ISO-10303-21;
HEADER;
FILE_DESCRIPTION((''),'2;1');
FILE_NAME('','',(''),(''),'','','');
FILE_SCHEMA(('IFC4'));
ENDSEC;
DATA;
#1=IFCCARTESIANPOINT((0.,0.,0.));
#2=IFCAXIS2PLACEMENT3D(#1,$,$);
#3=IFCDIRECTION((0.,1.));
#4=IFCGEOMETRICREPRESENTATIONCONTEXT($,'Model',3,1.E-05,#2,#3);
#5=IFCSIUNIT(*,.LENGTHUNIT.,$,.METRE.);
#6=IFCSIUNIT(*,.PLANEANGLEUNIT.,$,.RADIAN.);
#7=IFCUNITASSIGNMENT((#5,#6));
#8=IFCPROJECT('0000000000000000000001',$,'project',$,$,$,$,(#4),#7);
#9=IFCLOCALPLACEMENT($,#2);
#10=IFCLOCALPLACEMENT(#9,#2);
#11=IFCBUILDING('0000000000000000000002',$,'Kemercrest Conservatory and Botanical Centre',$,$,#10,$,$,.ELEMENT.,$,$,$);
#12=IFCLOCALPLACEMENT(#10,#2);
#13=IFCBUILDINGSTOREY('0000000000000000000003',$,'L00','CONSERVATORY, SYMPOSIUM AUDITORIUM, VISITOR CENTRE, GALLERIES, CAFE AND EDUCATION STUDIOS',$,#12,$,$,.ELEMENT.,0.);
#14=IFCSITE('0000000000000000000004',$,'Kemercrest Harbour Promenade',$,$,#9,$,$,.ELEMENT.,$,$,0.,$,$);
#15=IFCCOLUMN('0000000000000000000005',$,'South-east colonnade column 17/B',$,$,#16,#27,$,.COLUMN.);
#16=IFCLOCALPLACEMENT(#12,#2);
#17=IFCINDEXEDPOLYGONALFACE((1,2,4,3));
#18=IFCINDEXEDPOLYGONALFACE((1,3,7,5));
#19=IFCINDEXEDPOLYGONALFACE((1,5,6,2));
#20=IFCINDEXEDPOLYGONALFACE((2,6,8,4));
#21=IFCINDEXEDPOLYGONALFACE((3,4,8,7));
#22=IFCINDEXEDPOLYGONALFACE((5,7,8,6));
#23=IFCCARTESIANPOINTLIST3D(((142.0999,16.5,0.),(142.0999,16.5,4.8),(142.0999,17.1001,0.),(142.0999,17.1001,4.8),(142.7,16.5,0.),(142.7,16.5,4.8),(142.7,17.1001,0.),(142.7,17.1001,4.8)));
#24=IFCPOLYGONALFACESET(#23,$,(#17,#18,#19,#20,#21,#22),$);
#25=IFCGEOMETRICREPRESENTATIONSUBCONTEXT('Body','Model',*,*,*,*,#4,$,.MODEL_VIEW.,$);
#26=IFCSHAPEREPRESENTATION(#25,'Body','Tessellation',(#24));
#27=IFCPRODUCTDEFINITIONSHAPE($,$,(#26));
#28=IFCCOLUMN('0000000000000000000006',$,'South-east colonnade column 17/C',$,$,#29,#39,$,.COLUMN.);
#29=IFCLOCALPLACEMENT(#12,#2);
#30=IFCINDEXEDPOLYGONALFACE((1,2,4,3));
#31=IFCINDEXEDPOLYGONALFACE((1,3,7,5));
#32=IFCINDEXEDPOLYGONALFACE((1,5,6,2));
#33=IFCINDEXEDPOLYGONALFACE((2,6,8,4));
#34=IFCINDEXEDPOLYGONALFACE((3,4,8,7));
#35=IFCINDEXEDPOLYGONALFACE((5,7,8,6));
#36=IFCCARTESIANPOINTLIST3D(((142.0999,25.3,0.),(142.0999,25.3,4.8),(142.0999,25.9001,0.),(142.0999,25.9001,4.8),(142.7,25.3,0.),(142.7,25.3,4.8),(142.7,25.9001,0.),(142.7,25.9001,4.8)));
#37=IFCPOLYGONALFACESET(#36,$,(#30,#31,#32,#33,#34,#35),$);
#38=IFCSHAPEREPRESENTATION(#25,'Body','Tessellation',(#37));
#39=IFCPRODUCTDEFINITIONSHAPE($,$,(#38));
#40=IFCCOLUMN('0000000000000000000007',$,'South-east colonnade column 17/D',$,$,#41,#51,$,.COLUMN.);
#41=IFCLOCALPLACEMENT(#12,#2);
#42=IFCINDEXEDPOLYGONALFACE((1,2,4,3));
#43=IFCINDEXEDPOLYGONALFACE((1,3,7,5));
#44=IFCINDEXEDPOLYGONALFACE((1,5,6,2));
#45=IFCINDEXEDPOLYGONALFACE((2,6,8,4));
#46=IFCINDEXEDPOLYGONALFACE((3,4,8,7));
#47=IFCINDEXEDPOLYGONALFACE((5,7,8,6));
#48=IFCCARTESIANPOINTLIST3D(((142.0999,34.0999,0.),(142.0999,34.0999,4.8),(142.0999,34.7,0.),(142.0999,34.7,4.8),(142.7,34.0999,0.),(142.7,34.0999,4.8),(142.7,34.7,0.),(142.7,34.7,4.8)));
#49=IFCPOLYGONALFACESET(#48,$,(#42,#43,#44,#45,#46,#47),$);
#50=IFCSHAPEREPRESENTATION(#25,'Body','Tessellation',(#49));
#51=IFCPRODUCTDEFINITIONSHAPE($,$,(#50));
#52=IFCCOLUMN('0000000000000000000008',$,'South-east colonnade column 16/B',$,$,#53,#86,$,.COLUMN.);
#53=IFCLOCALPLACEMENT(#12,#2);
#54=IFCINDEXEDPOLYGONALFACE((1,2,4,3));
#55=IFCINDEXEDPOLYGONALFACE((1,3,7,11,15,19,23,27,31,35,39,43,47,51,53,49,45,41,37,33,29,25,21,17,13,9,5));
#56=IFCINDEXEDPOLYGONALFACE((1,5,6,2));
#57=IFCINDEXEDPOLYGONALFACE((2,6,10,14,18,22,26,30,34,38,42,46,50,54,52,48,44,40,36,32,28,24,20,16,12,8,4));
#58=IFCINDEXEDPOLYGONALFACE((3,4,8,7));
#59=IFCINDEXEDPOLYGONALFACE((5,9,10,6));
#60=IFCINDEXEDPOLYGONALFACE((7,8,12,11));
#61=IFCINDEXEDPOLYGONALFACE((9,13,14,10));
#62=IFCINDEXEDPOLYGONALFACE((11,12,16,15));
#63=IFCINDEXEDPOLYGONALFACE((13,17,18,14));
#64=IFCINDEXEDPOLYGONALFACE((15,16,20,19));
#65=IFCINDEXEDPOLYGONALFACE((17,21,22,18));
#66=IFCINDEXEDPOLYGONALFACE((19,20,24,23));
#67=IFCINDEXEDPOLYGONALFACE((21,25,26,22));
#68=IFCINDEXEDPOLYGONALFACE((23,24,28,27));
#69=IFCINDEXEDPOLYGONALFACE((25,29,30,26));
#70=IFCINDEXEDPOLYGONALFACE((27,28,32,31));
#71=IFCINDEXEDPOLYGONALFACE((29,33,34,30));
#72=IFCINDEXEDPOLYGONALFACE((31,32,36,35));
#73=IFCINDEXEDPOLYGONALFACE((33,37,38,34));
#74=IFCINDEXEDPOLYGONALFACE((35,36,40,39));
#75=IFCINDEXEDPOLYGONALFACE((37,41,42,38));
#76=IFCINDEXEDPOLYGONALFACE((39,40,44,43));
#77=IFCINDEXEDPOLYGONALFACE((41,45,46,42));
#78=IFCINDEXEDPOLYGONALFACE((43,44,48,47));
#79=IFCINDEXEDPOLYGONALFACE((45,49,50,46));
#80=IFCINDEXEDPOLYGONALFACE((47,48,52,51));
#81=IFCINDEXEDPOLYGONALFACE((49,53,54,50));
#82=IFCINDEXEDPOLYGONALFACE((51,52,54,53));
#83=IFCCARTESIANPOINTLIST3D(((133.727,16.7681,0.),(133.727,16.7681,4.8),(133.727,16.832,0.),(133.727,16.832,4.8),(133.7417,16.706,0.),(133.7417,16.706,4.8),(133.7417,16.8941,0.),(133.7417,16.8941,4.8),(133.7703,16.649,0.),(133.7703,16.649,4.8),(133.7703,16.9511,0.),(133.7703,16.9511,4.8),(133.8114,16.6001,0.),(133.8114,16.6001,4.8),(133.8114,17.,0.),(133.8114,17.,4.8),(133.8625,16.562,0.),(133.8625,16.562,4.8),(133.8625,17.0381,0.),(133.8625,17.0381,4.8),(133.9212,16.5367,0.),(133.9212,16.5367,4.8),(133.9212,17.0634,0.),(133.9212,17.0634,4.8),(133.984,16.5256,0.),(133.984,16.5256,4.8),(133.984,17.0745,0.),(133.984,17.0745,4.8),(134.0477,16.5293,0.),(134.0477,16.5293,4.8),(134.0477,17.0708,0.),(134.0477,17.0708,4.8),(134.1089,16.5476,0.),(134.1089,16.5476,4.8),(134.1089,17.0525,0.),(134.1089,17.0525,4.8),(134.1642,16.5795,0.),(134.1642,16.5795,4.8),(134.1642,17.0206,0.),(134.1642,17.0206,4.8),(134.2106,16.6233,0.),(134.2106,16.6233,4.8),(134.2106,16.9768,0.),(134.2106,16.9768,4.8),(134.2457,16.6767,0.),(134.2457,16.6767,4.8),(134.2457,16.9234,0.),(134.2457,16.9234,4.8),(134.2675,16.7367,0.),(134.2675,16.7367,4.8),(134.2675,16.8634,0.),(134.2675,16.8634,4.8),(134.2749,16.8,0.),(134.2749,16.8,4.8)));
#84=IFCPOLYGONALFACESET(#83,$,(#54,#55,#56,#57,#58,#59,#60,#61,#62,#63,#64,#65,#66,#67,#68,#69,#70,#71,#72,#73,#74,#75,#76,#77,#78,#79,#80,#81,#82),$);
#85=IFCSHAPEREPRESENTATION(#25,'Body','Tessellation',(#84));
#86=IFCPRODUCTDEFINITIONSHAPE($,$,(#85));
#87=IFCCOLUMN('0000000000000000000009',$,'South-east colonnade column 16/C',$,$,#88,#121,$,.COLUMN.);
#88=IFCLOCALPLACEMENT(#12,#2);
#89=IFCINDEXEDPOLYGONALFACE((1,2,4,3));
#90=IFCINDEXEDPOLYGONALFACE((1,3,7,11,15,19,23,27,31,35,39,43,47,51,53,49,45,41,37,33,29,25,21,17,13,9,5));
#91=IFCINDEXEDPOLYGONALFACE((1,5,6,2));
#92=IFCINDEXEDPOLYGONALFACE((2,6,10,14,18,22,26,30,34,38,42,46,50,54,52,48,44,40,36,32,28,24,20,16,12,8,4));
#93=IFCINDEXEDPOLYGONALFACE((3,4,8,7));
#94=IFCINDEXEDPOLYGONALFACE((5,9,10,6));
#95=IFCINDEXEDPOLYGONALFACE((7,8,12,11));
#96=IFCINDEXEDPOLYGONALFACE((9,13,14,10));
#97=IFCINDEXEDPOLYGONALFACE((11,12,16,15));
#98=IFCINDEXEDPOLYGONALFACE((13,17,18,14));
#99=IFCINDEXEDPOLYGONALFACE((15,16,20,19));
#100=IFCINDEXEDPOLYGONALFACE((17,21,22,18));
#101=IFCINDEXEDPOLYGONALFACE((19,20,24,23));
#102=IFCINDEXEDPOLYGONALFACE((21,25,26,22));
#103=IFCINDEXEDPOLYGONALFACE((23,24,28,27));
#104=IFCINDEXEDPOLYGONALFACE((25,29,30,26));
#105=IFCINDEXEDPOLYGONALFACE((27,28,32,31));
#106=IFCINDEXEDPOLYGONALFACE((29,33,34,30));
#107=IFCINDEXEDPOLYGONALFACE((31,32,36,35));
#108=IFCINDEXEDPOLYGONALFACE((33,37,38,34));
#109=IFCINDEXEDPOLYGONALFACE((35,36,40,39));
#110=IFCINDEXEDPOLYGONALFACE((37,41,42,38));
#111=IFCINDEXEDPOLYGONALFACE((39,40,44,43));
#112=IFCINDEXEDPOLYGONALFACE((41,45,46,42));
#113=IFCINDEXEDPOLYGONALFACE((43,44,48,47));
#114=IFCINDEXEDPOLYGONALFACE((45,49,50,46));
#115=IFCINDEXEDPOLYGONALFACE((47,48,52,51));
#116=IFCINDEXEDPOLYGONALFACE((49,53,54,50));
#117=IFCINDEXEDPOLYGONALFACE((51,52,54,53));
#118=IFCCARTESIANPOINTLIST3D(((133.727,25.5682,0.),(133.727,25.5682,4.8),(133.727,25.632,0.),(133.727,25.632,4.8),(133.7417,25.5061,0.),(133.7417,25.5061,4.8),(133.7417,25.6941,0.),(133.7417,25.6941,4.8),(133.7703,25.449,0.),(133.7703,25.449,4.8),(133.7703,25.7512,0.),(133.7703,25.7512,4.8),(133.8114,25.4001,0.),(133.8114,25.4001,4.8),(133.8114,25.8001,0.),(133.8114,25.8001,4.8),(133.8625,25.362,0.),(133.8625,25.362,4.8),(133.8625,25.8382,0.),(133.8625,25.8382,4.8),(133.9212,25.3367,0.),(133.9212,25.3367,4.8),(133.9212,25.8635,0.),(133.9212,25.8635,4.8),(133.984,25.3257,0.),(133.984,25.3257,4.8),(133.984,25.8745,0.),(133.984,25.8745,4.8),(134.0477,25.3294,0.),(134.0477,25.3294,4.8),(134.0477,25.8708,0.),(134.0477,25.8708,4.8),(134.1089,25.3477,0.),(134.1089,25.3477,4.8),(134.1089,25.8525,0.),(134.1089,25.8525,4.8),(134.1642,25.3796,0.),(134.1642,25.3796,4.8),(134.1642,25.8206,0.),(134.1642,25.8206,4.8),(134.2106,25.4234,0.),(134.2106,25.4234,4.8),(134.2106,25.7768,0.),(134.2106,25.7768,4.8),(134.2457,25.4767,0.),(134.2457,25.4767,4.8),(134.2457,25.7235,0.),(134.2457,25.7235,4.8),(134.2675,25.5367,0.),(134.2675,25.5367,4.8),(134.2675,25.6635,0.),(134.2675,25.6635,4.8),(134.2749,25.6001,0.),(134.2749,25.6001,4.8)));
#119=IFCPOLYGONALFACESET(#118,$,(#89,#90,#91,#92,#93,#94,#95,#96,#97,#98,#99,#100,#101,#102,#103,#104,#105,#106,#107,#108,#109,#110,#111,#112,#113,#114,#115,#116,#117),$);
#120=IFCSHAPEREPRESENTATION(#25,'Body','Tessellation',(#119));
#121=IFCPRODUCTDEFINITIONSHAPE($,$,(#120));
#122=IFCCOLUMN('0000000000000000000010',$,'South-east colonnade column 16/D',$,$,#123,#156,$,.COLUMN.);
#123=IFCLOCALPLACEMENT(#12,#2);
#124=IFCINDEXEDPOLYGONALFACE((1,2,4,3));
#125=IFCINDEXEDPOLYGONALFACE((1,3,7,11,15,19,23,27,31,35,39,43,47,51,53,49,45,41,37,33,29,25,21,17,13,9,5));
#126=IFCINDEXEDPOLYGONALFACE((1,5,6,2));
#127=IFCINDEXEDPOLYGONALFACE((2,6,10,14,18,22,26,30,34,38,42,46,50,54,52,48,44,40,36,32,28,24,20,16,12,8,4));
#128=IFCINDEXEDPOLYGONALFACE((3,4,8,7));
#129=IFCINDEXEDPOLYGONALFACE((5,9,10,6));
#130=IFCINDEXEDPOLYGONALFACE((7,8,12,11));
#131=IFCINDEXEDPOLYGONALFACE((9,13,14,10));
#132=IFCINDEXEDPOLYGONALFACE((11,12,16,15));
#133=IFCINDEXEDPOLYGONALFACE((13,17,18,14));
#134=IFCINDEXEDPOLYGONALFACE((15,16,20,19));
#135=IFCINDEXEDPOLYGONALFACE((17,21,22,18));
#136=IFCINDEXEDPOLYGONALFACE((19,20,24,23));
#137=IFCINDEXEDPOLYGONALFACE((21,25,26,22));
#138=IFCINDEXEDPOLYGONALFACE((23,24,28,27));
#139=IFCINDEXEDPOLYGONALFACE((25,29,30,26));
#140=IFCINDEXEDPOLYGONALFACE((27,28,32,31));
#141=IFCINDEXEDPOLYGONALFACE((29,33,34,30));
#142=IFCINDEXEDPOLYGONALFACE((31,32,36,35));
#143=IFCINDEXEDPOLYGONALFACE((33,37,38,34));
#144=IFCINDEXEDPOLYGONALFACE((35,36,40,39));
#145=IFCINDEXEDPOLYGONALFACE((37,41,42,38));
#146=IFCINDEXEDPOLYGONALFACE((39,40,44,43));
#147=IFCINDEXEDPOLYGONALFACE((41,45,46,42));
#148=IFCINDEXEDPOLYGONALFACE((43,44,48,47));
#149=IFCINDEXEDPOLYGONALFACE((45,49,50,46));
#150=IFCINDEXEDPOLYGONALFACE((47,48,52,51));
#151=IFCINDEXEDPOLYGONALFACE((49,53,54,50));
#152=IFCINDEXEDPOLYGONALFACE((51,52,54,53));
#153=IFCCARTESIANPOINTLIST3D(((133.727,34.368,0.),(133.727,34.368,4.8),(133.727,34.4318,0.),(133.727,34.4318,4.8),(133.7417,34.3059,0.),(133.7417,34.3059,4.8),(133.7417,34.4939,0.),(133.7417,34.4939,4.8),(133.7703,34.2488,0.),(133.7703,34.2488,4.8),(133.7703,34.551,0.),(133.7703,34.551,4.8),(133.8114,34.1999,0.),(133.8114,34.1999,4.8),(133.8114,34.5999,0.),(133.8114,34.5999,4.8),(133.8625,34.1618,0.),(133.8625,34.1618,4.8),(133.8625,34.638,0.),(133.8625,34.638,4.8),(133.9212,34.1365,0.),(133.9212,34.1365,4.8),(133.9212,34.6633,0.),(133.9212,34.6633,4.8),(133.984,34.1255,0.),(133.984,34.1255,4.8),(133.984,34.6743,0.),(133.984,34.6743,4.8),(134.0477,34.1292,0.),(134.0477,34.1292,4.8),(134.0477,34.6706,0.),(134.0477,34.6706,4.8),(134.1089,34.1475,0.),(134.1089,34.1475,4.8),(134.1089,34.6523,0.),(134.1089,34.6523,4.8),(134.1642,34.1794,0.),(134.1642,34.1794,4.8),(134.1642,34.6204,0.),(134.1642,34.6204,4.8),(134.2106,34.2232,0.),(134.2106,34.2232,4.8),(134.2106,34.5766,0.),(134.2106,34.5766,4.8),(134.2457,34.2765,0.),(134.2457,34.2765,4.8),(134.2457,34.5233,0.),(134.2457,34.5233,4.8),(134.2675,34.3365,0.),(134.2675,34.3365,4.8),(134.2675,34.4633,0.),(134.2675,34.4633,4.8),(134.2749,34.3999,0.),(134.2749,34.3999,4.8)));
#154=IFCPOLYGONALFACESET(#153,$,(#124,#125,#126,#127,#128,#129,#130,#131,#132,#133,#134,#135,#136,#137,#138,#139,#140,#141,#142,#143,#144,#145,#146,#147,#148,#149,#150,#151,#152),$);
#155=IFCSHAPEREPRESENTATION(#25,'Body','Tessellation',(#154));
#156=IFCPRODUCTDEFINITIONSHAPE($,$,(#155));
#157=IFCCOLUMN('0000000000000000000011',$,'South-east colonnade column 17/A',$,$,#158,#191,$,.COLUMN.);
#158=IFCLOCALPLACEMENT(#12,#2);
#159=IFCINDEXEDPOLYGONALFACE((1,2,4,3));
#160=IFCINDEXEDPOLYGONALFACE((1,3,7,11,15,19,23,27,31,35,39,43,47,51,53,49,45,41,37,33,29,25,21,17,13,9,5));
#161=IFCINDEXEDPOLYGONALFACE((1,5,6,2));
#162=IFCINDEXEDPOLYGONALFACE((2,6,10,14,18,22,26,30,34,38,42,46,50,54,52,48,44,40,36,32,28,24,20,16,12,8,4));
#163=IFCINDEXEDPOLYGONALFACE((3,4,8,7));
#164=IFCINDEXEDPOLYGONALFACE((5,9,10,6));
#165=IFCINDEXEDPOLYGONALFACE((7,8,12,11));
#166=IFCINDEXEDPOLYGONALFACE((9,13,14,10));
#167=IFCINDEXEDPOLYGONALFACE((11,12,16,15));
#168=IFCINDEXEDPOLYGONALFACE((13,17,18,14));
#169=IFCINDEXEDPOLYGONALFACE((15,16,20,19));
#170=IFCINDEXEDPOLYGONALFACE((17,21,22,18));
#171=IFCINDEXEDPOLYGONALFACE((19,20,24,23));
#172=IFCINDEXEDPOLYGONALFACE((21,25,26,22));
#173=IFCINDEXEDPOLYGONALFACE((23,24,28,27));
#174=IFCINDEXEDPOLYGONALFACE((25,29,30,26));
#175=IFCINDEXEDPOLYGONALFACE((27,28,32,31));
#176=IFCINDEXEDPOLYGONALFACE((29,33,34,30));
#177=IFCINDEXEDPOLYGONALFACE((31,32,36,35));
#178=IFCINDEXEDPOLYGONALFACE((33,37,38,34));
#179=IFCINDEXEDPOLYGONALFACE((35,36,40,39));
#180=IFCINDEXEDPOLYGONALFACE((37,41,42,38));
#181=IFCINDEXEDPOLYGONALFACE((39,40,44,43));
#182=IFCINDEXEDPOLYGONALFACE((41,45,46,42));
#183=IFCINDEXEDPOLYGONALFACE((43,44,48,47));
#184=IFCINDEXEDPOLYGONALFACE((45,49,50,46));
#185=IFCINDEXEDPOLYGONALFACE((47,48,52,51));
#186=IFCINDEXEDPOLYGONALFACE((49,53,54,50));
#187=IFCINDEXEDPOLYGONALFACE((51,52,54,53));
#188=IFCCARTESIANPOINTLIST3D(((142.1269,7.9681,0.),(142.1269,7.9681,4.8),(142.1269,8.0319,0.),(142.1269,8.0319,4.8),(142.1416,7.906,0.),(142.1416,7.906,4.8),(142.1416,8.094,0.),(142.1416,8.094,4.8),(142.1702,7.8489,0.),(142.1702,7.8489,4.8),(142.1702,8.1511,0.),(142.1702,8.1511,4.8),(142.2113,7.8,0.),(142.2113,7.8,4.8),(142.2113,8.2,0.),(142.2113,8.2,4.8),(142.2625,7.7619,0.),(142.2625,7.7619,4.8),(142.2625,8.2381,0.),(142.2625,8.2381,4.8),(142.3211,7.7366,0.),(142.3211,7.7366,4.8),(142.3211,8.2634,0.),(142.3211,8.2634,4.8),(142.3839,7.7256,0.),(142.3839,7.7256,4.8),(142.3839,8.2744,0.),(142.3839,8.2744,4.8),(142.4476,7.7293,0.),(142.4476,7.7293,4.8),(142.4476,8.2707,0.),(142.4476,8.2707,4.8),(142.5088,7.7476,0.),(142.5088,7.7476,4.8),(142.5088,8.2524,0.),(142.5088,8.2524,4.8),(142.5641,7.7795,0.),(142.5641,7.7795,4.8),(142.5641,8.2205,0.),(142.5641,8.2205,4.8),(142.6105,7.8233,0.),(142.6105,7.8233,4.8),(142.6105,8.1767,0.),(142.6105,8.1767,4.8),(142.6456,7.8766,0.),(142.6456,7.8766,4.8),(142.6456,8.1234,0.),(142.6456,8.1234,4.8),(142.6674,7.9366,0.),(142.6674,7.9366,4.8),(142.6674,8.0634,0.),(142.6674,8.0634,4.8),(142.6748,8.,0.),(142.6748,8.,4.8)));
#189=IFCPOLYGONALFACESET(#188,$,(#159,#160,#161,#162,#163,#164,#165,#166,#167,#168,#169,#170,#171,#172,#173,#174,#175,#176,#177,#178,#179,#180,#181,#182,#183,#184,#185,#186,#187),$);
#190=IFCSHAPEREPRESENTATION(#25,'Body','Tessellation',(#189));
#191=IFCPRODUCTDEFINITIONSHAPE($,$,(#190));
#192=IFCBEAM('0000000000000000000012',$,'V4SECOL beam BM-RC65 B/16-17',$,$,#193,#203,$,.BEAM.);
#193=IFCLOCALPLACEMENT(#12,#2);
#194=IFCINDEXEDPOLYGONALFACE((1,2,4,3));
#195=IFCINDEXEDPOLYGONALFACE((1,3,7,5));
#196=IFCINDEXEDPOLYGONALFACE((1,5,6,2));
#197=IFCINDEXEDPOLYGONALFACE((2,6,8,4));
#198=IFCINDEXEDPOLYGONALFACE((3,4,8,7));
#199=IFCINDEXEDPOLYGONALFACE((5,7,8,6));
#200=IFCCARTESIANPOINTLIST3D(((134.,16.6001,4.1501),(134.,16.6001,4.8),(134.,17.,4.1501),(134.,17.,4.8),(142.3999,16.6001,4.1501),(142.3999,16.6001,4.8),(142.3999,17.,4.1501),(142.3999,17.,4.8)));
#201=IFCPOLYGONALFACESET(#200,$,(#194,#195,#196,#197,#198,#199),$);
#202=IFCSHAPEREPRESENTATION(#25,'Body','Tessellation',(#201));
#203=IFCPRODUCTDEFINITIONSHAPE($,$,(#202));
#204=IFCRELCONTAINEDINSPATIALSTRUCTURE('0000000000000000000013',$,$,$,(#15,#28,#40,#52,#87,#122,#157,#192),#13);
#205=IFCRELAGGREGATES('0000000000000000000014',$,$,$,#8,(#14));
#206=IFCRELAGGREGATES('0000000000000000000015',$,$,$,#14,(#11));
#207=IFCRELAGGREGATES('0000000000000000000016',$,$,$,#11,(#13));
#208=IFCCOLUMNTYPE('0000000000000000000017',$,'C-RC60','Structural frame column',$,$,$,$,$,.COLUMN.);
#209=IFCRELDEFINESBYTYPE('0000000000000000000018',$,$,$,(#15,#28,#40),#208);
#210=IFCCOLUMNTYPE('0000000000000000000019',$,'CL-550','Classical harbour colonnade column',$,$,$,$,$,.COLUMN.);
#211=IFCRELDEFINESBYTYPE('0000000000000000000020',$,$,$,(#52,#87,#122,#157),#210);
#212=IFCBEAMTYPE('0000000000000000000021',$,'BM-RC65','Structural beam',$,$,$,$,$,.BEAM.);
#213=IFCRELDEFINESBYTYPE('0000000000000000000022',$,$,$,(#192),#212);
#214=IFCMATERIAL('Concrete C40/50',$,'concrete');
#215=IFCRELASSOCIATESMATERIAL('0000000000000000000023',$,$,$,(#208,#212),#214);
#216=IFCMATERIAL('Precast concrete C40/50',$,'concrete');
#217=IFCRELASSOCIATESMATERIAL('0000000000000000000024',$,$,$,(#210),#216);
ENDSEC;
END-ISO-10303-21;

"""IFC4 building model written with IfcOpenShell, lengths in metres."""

from ifc_helpers import new_model, si_unit, direction, frame, origin, origin_2d, place, context, subcontext, project, spatial, rectangle, circle, extrude, material, material_profile, profile_set, type_object, element, save


model = new_model("IFC4")

# Units and contexts
model_context = context("Model", 3, precision=1e-05, world=origin(), true_north=direction((0.0, 1.0)))
body_context = subcontext(model_context, "Body", "Model", "MODEL_VIEW")
ifc_project = project(units=[si_unit("LENGTHUNIT", "METRE"), si_unit("PLANEANGLEUNIT", "RADIAN")], contexts=[model_context])

# Site, building, storey
site_placement = place(None, origin())
site = spatial("IfcSite", under=ifc_project, at=site_placement, Name="Kemercrest Harbour Promenade", CompositionType="ELEMENT", RefElevation=0.0)
building_placement = place(site_placement, origin())
building = spatial("IfcBuilding", under=site, at=building_placement, Name="Kemercrest Conservatory and Botanical Centre", CompositionType="ELEMENT")
storey_placement = place(building_placement, origin())
storey = spatial("IfcBuildingStorey", under=building, at=storey_placement, Name="L00", Description="CONSERVATORY, SYMPOSIUM AUDITORIUM, VISITOR CENTRE, GALLERIES, CAFE AND EDUCATION STUDIOS", CompositionType="ELEMENT", Elevation=0.0)

# Columns
ifc_material_1 = material(Name="Concrete C40/50", Category="concrete")
ifc_material_profile_1 = material_profile(ifc_material_1, rectangle(XDim=0.6001, YDim=0.6001, at=origin_2d()), Name="RC 600x600")
ifc_profile_set_1 = profile_set([ifc_material_profile_1], Name="Concrete C40/50")
column_type_1 = type_object("IfcColumnType", Name="C-RC60", Description="Structural frame column", PredefinedType="COLUMN", material=ifc_profile_set_1)
for number, where, z_axis, x_axis, name in (
    (1, (142.3999, 16.8, 0.0), (0.0, 0.0, 1.0), (1.0, 0.0, 0.0), "South-east colonnade column 17/B"),
    (2, (142.3999, 25.6001, 0.0), (0.0, 0.0, 1.0), (1.0, 0.0, 0.0), "South-east colonnade column 17/C"),
    (3, (142.3999, 34.3999, 0.0), (0.0, 0.0, 1.0), (1.0, 0.0, 0.0), "South-east colonnade column 17/D"),
):
    element("IfcColumn", number, at=place(storey_placement, frame(where, z_axis=z_axis, x_axis=x_axis)), inside=storey, type_object=column_type_1, Name=name, PredefinedType="COLUMN", context=body_context, shape_type="SweptSolid", body=[
        extrude(rectangle(XDim=0.6001, YDim=0.6001, at=origin_2d()), origin(), (0.0, 0.0, 1.0), 4.8),
    ])
ifc_material_2 = material(Name="Precast concrete C40/50", Category="concrete")
ifc_material_profile_2 = material_profile(ifc_material_2, circle(Radius=0.2749, at=origin_2d()), Name="COLONNADE D550")
ifc_profile_set_2 = profile_set([ifc_material_profile_2], Name="Precast concrete C40/50")
column_type_2 = type_object("IfcColumnType", Name="CL-550", Description="Classical harbour colonnade column", PredefinedType="COLUMN", material=ifc_profile_set_2)
for number, where, z_axis, x_axis, name in (
    (4, (134.0, 16.8, 0.0), (0.0, 0.0, 1.0), (1.0, 0.0, 0.0), "South-east colonnade column 16/B"),
    (5, (134.0, 25.6001, 0.0), (0.0, 0.0, 1.0), (1.0, 0.0, 0.0), "South-east colonnade column 16/C"),
    (6, (134.0, 34.3999, 0.0), (0.0, 0.0, 1.0), (1.0, 0.0, 0.0), "South-east colonnade column 16/D"),
    (7, (142.3999, 8.0, 0.0), (0.0, 0.0, 1.0), (1.0, 0.0, 0.0), "South-east colonnade column 17/A"),
):
    element("IfcColumn", number, at=place(storey_placement, frame(where, z_axis=z_axis, x_axis=x_axis)), inside=storey, type_object=column_type_2, Name=name, PredefinedType="COLUMN", context=body_context, shape_type="SweptSolid", body=[
        extrude(circle(Radius=0.2749, at=origin_2d()), origin(), (0.0, 0.0, 1.0), 4.8),
    ])

# Beam
ifc_material_profile_3 = material_profile(ifc_material_1, rectangle(XDim=0.3999, YDim=0.6499, at=origin_2d()), Name="RC 400x650")
ifc_profile_set_3 = profile_set([ifc_material_profile_3], Name="Concrete C40/50")
beam_type_1 = type_object("IfcBeamType", Name="BM-RC65", Description="Structural beam", PredefinedType="BEAM", material=ifc_profile_set_3)
beam_1_placement = place(storey_placement, frame((134.0, 16.8, 4.4751), z_axis=(1.0, 0.0, 0.0), x_axis=(0.0, 1.0, 0.0)))
element("IfcBeam", 8, at=beam_1_placement, inside=storey, type_object=beam_type_1, Name="V4SECOL beam BM-RC65 B/16-17", PredefinedType="BEAM", context=body_context, shape_type="SweptSolid", body=[
    extrude(rectangle(XDim=0.3999, YDim=0.6499, at=origin_2d()), origin(), (0.0, 0.0, 1.0), 8.3999),
])

save(model, "model.ifc")
